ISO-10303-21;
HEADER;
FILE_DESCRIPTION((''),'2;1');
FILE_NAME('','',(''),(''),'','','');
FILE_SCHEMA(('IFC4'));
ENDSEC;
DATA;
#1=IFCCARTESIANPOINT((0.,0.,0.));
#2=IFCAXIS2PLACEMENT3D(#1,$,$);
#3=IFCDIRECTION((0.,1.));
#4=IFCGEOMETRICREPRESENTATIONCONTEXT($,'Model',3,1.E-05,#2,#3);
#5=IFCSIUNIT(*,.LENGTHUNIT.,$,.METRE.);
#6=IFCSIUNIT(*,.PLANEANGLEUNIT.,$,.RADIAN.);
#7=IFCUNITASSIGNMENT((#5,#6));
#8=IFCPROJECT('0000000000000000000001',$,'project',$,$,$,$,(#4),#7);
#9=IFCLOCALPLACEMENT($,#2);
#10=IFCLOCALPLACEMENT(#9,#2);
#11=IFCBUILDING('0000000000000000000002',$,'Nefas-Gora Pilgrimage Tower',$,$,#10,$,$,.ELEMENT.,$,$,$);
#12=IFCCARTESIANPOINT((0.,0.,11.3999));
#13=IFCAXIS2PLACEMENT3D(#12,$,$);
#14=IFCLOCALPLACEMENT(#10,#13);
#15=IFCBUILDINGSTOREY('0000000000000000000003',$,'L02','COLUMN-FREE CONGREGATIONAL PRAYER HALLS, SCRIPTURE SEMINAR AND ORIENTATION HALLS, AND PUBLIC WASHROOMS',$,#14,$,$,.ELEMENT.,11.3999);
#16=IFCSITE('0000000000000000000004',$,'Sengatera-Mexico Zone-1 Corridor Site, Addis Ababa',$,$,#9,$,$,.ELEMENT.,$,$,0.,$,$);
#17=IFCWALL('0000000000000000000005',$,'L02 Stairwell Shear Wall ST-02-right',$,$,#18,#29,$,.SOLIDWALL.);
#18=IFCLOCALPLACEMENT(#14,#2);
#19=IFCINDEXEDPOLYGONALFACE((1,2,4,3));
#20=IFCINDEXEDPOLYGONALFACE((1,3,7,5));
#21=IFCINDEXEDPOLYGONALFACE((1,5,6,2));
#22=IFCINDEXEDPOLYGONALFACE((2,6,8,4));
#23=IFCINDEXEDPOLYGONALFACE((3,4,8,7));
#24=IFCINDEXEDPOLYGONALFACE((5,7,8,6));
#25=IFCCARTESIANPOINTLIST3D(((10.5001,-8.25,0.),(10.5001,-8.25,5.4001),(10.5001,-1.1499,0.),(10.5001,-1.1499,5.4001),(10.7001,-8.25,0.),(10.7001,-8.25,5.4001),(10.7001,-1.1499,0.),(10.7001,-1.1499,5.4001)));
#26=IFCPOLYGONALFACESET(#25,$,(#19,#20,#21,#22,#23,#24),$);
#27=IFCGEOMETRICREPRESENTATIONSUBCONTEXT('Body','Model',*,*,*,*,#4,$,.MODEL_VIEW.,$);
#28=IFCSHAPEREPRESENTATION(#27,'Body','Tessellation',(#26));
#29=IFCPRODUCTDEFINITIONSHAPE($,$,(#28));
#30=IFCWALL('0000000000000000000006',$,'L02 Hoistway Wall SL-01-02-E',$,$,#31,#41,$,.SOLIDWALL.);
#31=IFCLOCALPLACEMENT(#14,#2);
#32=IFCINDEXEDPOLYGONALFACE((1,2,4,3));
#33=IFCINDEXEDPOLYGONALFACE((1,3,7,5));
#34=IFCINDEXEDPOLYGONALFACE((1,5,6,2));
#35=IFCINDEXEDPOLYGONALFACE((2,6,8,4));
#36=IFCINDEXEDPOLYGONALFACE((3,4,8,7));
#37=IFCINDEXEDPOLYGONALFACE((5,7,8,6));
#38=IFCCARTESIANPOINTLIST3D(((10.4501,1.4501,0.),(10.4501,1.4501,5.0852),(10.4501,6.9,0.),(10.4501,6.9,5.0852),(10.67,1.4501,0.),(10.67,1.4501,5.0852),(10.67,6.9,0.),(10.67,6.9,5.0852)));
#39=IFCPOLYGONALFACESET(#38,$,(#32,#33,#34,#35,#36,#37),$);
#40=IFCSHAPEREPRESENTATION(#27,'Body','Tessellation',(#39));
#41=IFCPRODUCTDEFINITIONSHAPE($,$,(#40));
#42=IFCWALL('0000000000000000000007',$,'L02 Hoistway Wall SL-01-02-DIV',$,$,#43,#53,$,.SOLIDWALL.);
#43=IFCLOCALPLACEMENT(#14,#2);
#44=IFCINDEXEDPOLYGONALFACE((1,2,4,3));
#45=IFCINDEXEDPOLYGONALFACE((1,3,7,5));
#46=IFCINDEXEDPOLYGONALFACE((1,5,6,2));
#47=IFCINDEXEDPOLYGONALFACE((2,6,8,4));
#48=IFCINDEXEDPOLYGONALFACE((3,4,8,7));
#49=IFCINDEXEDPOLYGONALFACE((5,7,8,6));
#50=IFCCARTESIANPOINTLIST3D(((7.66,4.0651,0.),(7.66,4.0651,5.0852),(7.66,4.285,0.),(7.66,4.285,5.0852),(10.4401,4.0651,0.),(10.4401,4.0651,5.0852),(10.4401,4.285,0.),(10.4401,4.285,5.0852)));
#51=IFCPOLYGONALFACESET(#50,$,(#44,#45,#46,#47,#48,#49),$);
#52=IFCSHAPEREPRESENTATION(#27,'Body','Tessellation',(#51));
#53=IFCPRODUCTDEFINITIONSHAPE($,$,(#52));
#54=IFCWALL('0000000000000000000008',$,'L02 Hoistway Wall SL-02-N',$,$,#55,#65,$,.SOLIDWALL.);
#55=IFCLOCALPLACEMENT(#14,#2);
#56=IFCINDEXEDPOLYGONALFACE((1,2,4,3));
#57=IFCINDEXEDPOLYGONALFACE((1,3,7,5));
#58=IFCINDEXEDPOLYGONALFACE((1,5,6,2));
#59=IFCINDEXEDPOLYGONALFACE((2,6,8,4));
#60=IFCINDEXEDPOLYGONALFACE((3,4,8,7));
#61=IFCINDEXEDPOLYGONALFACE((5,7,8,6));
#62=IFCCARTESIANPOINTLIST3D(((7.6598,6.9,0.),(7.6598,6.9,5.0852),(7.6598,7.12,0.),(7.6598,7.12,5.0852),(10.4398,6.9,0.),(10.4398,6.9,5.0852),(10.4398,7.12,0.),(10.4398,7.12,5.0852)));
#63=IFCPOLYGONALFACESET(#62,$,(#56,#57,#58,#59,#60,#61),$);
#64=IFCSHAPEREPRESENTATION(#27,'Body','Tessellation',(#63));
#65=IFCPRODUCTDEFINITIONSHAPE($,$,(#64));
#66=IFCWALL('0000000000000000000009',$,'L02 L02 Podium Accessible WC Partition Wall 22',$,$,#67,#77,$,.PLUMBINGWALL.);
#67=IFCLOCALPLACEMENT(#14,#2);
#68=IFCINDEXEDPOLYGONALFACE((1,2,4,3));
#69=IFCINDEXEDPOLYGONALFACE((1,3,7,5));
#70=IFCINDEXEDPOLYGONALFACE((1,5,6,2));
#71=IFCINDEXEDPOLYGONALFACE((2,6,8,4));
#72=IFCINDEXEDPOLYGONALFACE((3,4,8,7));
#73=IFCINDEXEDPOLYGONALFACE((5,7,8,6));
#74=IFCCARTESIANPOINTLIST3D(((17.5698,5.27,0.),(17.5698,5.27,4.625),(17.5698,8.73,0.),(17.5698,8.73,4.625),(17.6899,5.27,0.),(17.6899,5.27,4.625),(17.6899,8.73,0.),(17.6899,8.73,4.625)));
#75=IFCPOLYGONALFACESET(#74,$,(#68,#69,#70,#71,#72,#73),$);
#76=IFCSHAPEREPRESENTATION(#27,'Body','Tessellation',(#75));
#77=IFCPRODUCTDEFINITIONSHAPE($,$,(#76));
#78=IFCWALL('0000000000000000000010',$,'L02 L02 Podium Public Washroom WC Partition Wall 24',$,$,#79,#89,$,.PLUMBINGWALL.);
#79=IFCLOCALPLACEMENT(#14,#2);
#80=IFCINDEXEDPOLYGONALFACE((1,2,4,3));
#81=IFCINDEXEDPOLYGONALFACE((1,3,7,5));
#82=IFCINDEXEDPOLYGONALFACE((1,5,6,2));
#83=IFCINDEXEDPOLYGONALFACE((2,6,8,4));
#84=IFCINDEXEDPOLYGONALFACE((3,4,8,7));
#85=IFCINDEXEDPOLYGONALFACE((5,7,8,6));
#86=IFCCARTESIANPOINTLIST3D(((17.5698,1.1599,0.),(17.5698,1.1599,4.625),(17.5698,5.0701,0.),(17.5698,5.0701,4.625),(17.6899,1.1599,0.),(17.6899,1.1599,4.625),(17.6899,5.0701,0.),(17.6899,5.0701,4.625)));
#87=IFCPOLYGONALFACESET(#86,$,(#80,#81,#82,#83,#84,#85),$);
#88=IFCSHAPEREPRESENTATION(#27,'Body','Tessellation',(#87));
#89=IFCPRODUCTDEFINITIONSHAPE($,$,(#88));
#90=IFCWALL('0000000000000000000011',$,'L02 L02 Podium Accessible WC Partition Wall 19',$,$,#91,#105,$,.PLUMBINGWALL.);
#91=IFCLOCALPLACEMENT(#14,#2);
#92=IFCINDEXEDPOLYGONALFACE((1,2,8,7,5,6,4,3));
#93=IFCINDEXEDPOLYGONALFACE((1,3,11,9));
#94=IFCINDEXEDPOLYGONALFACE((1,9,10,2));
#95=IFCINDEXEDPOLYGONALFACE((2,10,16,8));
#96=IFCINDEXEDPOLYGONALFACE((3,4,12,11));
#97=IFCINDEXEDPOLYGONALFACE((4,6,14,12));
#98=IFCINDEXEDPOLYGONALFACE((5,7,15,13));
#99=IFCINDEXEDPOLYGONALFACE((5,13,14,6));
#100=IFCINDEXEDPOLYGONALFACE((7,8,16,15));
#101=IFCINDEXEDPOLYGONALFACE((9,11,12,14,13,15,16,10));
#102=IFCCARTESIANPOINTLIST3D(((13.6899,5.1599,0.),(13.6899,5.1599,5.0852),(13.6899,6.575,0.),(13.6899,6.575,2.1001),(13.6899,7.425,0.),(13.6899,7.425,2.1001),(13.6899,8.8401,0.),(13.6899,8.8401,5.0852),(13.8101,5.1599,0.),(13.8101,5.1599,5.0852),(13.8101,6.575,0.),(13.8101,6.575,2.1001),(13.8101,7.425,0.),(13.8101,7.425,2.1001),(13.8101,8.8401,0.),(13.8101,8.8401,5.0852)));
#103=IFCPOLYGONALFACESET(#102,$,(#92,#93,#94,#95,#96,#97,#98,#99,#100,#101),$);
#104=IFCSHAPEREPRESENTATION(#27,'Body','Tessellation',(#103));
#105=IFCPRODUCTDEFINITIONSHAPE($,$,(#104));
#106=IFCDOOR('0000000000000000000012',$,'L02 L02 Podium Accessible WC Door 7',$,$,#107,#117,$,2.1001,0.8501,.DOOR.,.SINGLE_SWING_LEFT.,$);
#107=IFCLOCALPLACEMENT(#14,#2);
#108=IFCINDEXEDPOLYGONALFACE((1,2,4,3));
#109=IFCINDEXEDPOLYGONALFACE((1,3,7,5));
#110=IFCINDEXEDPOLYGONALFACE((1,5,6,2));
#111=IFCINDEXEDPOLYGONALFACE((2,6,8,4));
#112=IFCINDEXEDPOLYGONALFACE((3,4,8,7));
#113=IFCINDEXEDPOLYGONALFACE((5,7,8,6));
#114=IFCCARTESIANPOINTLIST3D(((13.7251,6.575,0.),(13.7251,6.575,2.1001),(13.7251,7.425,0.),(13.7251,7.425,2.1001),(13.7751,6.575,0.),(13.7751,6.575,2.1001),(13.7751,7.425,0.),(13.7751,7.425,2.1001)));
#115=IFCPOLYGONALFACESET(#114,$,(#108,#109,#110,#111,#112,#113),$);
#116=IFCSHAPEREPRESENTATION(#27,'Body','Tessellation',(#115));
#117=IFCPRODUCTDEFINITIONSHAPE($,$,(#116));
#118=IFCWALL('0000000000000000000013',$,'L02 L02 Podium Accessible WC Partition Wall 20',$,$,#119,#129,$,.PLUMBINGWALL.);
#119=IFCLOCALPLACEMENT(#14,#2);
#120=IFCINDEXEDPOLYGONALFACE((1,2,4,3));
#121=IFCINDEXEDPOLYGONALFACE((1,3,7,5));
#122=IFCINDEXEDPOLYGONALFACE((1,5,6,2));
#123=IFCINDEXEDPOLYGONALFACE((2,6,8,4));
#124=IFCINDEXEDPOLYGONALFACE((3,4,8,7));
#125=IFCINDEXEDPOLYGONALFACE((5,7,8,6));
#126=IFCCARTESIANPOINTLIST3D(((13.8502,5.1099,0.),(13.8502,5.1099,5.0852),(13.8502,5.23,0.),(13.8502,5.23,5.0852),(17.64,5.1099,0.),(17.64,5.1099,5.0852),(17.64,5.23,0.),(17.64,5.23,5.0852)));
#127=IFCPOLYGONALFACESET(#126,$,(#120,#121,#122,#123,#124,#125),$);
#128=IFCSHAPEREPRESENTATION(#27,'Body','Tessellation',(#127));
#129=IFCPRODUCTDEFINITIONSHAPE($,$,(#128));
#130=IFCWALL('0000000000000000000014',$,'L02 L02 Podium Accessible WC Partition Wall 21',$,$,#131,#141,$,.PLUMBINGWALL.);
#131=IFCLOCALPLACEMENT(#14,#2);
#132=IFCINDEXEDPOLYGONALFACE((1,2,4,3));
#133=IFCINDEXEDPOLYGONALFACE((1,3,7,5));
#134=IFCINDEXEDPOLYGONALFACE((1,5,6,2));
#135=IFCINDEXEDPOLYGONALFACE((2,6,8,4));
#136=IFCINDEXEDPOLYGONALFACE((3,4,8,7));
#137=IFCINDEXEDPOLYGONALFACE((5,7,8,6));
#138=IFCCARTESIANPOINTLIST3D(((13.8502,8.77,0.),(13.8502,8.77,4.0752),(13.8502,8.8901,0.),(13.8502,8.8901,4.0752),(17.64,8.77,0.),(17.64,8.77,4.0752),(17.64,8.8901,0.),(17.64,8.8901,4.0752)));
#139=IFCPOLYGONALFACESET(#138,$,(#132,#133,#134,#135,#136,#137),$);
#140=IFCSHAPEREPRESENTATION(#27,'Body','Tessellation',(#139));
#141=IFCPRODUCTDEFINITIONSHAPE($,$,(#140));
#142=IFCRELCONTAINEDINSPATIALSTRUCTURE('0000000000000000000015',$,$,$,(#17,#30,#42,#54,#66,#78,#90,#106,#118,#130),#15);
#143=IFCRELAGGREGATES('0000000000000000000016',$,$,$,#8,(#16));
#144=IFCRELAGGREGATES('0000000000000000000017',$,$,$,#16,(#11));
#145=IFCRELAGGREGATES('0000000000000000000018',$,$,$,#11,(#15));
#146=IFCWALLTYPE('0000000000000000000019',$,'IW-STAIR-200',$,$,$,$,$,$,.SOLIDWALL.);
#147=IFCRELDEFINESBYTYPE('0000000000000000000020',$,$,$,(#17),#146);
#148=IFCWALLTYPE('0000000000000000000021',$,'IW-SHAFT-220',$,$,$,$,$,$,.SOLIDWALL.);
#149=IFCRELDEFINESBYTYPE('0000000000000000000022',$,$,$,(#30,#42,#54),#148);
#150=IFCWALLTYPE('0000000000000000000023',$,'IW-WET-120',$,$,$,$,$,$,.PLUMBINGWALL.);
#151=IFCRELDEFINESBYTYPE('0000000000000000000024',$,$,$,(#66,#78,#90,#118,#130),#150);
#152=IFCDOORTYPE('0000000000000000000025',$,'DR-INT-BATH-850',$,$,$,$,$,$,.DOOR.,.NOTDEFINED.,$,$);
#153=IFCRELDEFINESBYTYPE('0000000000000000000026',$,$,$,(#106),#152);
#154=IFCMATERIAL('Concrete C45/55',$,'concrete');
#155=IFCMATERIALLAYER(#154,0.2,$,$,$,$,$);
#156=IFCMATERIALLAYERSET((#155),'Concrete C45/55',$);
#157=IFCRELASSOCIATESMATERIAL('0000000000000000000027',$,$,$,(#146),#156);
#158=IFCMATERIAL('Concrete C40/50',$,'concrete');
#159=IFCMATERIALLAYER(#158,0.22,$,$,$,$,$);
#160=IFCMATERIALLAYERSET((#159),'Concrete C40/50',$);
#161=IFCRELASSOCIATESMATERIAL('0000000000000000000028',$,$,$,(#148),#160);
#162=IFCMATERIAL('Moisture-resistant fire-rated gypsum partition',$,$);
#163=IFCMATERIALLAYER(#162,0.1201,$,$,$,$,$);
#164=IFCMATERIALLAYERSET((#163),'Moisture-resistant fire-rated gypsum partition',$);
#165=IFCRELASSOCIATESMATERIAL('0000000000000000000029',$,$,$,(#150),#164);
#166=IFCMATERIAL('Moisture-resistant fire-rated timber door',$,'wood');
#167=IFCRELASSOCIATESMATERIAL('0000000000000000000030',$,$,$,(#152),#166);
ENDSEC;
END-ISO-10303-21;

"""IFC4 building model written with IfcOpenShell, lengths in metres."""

from ifc_helpers import new_model, si_unit, direction, frame, frame_2d, origin, place, context, subcontext, project, spatial, rectangle, extrude, source, transform, mapped, material, layer, layer_set, type_object, element, fill, save


model = new_model("IFC4")

# Units and contexts
model_context = context("Model", 3, precision=1e-05, world=origin(), true_north=direction((0.0, 1.0)))
body_context = subcontext(model_context, "Body", "Model", "MODEL_VIEW")
ifc_project = project(units=[si_unit("LENGTHUNIT", "METRE"), si_unit("PLANEANGLEUNIT", "RADIAN")], contexts=[model_context])

# Site, building, storey
site_placement = place(None, origin())
site = spatial("IfcSite", under=ifc_project, at=site_placement, Name="Sengatera-Mexico Zone-1 Corridor Site, Addis Ababa", CompositionType="ELEMENT", RefElevation=0.0)
building_placement = place(site_placement, origin())
building = spatial("IfcBuilding", under=site, at=building_placement, Name="Nefas-Gora Pilgrimage Tower", CompositionType="ELEMENT")
storey_placement = place(building_placement, frame((0.0, 0.0, 11.3999)))
storey = spatial("IfcBuildingStorey", under=building, at=storey_placement, Name="L02", Description="COLUMN-FREE CONGREGATIONAL PRAYER HALLS, SCRIPTURE SEMINAR AND ORIENTATION HALLS, AND PUBLIC WASHROOMS", CompositionType="ELEMENT", Elevation=11.3999)

# Walls
ifc_material_1 = material(Name="Concrete C45/55", Category="concrete")
ifc_layer_1 = layer(ifc_material_1, 0.2)
ifc_layer_set_1 = layer_set([ifc_layer_1], Name="Concrete C45/55")
wall_type_1 = type_object("IfcWallType", Name="IW-STAIR-200", PredefinedType="SOLIDWALL", material=ifc_layer_set_1)
shared_shape_1 = source(origin(), body_context, "Body", "SweptSolid", [
    extrude(rectangle(XDim=7.1001, YDim=0.2, at=frame_2d((3.55, 0.0))), origin(), (0.0, 0.0, 1.0), 5.4001),
])
wall_1_placement = place(storey_placement, frame((10.6001, -1.1499, 0.0), z_axis=(0.0, 0.0, 1.0), x_axis=(0.0, -1.0, 0.0)))
element("IfcWall", 1, at=wall_1_placement, inside=storey, type_object=wall_type_1, Name="L02 Stairwell Shear Wall ST-02-right", PredefinedType="SOLIDWALL", context=body_context, shape_type="MappedRepresentation", body=[
    mapped(shared_shape_1, transform((0.0, 0.0, 0.0), x_axis=(1.0, 0.0, 0.0), y_axis=(0.0, 1.0, 0.0), z_axis=(0.0, 0.0, 1.0), scale=1.0)),
])
ifc_material_2 = material(Name="Concrete C40/50", Category="concrete")
ifc_layer_2 = layer(ifc_material_2, 0.22)
ifc_layer_set_2 = layer_set([ifc_layer_2], Name="Concrete C40/50")
wall_type_2 = type_object("IfcWallType", Name="IW-SHAFT-220", PredefinedType="SOLIDWALL", material=ifc_layer_set_2)
shared_shape_2 = source(origin(), body_context, "Body", "SweptSolid", [
    extrude(rectangle(XDim=5.45, YDim=0.22, at=frame_2d((2.7251, 0.0))), origin(), (0.0, 0.0, 1.0), 5.0852),
])
wall_2_placement = place(storey_placement, frame((10.5601, 1.45, 0.0), z_axis=(0.0, 0.0, 1.0), x_axis=(0.0, 1.0, 0.0)))
element("IfcWall", 2, at=wall_2_placement, inside=storey, type_object=wall_type_2, Name="L02 Hoistway Wall SL-01-02-E", PredefinedType="SOLIDWALL", context=body_context, shape_type="MappedRepresentation", body=[
    mapped(shared_shape_2, transform((0.0, 0.0, 0.0), x_axis=(1.0, 0.0, 0.0), y_axis=(0.0, 1.0, 0.0), z_axis=(0.0, 0.0, 1.0), scale=1.0)),
])
shared_shape_3 = source(origin(), body_context, "Body", "SweptSolid", [
    extrude(rectangle(XDim=2.78, YDim=0.22, at=frame_2d((1.3901, 0.0))), origin(), (0.0, 0.0, 1.0), 5.0852),
])
for number, where, z_axis, x_axis, name in (
    (3, (7.6599, 4.175, 0.0), (0.0, 0.0, 1.0), (1.0, 0.0, 0.0), "L02 Hoistway Wall SL-01-02-DIV"),
    (4, (10.4399, 7.01, 0.0), (0.0, 0.0, 1.0), (-1.0, 0.0, 0.0), "L02 Hoistway Wall SL-02-N"),
):
    element("IfcWall", number, at=place(storey_placement, frame(where, z_axis=z_axis, x_axis=x_axis)), inside=storey, type_object=wall_type_2, Name=name, PredefinedType="SOLIDWALL", context=body_context, shape_type="MappedRepresentation", body=[
        mapped(shared_shape_3, transform((0.0, 0.0, 0.0), x_axis=(1.0, 0.0, 0.0), y_axis=(0.0, 1.0, 0.0), z_axis=(0.0, 0.0, 1.0), scale=1.0)),
    ])
ifc_material_3 = material(Name="Moisture-resistant fire-rated gypsum partition")
ifc_layer_3 = layer(ifc_material_3, 0.1201)
ifc_layer_set_3 = layer_set([ifc_layer_3], Name="Moisture-resistant fire-rated gypsum partition")
wall_type_3 = type_object("IfcWallType", Name="IW-WET-120", PredefinedType="PLUMBINGWALL", material=ifc_layer_set_3)
shared_shape_4 = source(origin(), body_context, "Body", "SweptSolid", [
    extrude(rectangle(XDim=3.46, YDim=0.1201, at=frame_2d((1.73, 0.0))), origin(), (0.0, 0.0, 1.0), 4.625),
])
wall_3_placement = place(storey_placement, frame((17.6299, 5.27, 0.0), z_axis=(0.0, 0.0, 1.0), x_axis=(0.0, 1.0, 0.0)))
element("IfcWall", 5, at=wall_3_placement, inside=storey, type_object=wall_type_3, Name="L02 L02 Podium Accessible WC Partition Wall 22", PredefinedType="PLUMBINGWALL", context=body_context, shape_type="MappedRepresentation", body=[
    mapped(shared_shape_4, transform((0.0, 0.0, 0.0), x_axis=(1.0, 0.0, 0.0), y_axis=(0.0, 1.0, 0.0), z_axis=(0.0, 0.0, 1.0), scale=1.0)),
])
shared_shape_5 = source(origin(), body_context, "Body", "SweptSolid", [
    extrude(rectangle(XDim=3.9102, YDim=0.1201, at=frame_2d((1.9551, 0.0))), origin(), (0.0, 0.0, 1.0), 4.625),
])
wall_4_placement = place(storey_placement, frame((17.6299, 1.1599, 0.0), z_axis=(0.0, 0.0, 1.0), x_axis=(0.0, 1.0, 0.0)))
element("IfcWall", 6, at=wall_4_placement, inside=storey, type_object=wall_type_3, Name="L02 L02 Podium Public Washroom WC Partition Wall 24", PredefinedType="PLUMBINGWALL", context=body_context, shape_type="MappedRepresentation", body=[
    mapped(shared_shape_5, transform((0.0, 0.0, 0.0), x_axis=(1.0, 0.0, 0.0), y_axis=(0.0, 1.0, 0.0), z_axis=(0.0, 0.0, 1.0), scale=1.0)),
])

# Wall, opening, door
shared_shape_6 = source(origin(), body_context, "Body", "SweptSolid", [
    extrude(rectangle(XDim=3.6802, YDim=0.1201, at=frame_2d((1.8401, 0.0))), origin(), (0.0, 0.0, 1.0), 5.0852),
])
wall_5_placement = place(storey_placement, frame((13.75, 5.1599, 0.0), z_axis=(0.0, 0.0, 1.0), x_axis=(0.0, 1.0, 0.0)))
wall_5 = element("IfcWall", 7, at=wall_5_placement, inside=storey, type_object=wall_type_3, Name="L02 L02 Podium Accessible WC Partition Wall 19", PredefinedType="PLUMBINGWALL", context=body_context, shape_type="MappedRepresentation", body=[
    mapped(shared_shape_6, transform((0.0, 0.0, 0.0), x_axis=(1.0, 0.0, 0.0), y_axis=(0.0, 1.0, 0.0), z_axis=(0.0, 0.0, 1.0), scale=1.0)),
])
opening_1_placement = place(wall_5_placement, frame((1.415, 0.0, 0.0)))
opening_1 = element("IfcOpeningElement", 8, at=opening_1_placement, cuts=wall_5, PredefinedType="OPENING", context=body_context, shape_type="SweptSolid", body=[
    extrude(rectangle(XDim=0.8501, YDim=2.1001, at=frame_2d((0.425, 1.05))), frame((0.0, 0.0701, 0.0), z_axis=(0.0, -1.0, 0.0), x_axis=(1.0, 0.0, 0.0)), (0.0, 0.0, 1.0), 0.1401),
])
ifc_material_4 = material(Name="Moisture-resistant fire-rated timber door", Category="wood")
door_type = type_object("IfcDoorType", Name="DR-INT-BATH-850", OperationType="NOTDEFINED", PredefinedType="DOOR", material=ifc_material_4)
shared_shape_7 = source(origin(), body_context, "Body", "SweptSolid", [
    extrude(rectangle(XDim=0.8501, YDim=2.1001, at=frame_2d((0.425, 1.05))), frame((0.0, 0.0249, 0.0), z_axis=(0.0, -1.0, 0.0), x_axis=(1.0, 0.0, 0.0)), (0.0, 0.0, 1.0), 0.05),
])
door_1_placement = place(opening_1_placement, origin())
door_1 = element("IfcDoor", 9, at=door_1_placement, inside=storey, type_object=door_type, Name="L02 L02 Podium Accessible WC Door 7", OperationType="SINGLE_SWING_LEFT", OverallHeight=2.1001, OverallWidth=0.8501, PredefinedType="DOOR", context=body_context, shape_type="MappedRepresentation", body=[
    mapped(shared_shape_7, transform((0.0, 0.0, 0.0), x_axis=(1.0, 0.0, 0.0), y_axis=(0.0, 1.0, 0.0), z_axis=(0.0, 0.0, 1.0), scale=1.0)),
])
fill(opening_1, door_1)

# Walls
shared_shape_8 = source(origin(), body_context, "Body", "SweptSolid", [
    extrude(rectangle(XDim=3.7898, YDim=0.1201, at=frame_2d((1.895, 0.0))), origin(), (0.0, 0.0, 1.0), 5.0852),
])
wall_6_placement = place(storey_placement, frame((13.8501, 5.1699, 0.0), z_axis=(0.0, 0.0, 1.0), x_axis=(1.0, 0.0, 0.0)))
element("IfcWall", 10, at=wall_6_placement, inside=storey, type_object=wall_type_3, Name="L02 L02 Podium Accessible WC Partition Wall 20", PredefinedType="PLUMBINGWALL", context=body_context, shape_type="MappedRepresentation", body=[
    mapped(shared_shape_8, transform((0.0, 0.0, 0.0), x_axis=(1.0, 0.0, 0.0), y_axis=(0.0, 1.0, 0.0), z_axis=(0.0, 0.0, 1.0), scale=1.0)),
])
shared_shape_9 = source(origin(), body_context, "Body", "SweptSolid", [
    extrude(rectangle(XDim=3.7898, YDim=0.1201, at=frame_2d((1.895, 0.0))), origin(), (0.0, 0.0, 1.0), 4.0752),
])
wall_7_placement = place(storey_placement, frame((13.8501, 8.8301, 0.0), z_axis=(0.0, 0.0, 1.0), x_axis=(1.0, 0.0, 0.0)))
element("IfcWall", 11, at=wall_7_placement, inside=storey, type_object=wall_type_3, Name="L02 L02 Podium Accessible WC Partition Wall 21", PredefinedType="PLUMBINGWALL", context=body_context, shape_type="MappedRepresentation", body=[
    mapped(shared_shape_9, transform((0.0, 0.0, 0.0), x_axis=(1.0, 0.0, 0.0), y_axis=(0.0, 1.0, 0.0), z_axis=(0.0, 0.0, 1.0), scale=1.0)),
])

save(model, "model.ifc")
